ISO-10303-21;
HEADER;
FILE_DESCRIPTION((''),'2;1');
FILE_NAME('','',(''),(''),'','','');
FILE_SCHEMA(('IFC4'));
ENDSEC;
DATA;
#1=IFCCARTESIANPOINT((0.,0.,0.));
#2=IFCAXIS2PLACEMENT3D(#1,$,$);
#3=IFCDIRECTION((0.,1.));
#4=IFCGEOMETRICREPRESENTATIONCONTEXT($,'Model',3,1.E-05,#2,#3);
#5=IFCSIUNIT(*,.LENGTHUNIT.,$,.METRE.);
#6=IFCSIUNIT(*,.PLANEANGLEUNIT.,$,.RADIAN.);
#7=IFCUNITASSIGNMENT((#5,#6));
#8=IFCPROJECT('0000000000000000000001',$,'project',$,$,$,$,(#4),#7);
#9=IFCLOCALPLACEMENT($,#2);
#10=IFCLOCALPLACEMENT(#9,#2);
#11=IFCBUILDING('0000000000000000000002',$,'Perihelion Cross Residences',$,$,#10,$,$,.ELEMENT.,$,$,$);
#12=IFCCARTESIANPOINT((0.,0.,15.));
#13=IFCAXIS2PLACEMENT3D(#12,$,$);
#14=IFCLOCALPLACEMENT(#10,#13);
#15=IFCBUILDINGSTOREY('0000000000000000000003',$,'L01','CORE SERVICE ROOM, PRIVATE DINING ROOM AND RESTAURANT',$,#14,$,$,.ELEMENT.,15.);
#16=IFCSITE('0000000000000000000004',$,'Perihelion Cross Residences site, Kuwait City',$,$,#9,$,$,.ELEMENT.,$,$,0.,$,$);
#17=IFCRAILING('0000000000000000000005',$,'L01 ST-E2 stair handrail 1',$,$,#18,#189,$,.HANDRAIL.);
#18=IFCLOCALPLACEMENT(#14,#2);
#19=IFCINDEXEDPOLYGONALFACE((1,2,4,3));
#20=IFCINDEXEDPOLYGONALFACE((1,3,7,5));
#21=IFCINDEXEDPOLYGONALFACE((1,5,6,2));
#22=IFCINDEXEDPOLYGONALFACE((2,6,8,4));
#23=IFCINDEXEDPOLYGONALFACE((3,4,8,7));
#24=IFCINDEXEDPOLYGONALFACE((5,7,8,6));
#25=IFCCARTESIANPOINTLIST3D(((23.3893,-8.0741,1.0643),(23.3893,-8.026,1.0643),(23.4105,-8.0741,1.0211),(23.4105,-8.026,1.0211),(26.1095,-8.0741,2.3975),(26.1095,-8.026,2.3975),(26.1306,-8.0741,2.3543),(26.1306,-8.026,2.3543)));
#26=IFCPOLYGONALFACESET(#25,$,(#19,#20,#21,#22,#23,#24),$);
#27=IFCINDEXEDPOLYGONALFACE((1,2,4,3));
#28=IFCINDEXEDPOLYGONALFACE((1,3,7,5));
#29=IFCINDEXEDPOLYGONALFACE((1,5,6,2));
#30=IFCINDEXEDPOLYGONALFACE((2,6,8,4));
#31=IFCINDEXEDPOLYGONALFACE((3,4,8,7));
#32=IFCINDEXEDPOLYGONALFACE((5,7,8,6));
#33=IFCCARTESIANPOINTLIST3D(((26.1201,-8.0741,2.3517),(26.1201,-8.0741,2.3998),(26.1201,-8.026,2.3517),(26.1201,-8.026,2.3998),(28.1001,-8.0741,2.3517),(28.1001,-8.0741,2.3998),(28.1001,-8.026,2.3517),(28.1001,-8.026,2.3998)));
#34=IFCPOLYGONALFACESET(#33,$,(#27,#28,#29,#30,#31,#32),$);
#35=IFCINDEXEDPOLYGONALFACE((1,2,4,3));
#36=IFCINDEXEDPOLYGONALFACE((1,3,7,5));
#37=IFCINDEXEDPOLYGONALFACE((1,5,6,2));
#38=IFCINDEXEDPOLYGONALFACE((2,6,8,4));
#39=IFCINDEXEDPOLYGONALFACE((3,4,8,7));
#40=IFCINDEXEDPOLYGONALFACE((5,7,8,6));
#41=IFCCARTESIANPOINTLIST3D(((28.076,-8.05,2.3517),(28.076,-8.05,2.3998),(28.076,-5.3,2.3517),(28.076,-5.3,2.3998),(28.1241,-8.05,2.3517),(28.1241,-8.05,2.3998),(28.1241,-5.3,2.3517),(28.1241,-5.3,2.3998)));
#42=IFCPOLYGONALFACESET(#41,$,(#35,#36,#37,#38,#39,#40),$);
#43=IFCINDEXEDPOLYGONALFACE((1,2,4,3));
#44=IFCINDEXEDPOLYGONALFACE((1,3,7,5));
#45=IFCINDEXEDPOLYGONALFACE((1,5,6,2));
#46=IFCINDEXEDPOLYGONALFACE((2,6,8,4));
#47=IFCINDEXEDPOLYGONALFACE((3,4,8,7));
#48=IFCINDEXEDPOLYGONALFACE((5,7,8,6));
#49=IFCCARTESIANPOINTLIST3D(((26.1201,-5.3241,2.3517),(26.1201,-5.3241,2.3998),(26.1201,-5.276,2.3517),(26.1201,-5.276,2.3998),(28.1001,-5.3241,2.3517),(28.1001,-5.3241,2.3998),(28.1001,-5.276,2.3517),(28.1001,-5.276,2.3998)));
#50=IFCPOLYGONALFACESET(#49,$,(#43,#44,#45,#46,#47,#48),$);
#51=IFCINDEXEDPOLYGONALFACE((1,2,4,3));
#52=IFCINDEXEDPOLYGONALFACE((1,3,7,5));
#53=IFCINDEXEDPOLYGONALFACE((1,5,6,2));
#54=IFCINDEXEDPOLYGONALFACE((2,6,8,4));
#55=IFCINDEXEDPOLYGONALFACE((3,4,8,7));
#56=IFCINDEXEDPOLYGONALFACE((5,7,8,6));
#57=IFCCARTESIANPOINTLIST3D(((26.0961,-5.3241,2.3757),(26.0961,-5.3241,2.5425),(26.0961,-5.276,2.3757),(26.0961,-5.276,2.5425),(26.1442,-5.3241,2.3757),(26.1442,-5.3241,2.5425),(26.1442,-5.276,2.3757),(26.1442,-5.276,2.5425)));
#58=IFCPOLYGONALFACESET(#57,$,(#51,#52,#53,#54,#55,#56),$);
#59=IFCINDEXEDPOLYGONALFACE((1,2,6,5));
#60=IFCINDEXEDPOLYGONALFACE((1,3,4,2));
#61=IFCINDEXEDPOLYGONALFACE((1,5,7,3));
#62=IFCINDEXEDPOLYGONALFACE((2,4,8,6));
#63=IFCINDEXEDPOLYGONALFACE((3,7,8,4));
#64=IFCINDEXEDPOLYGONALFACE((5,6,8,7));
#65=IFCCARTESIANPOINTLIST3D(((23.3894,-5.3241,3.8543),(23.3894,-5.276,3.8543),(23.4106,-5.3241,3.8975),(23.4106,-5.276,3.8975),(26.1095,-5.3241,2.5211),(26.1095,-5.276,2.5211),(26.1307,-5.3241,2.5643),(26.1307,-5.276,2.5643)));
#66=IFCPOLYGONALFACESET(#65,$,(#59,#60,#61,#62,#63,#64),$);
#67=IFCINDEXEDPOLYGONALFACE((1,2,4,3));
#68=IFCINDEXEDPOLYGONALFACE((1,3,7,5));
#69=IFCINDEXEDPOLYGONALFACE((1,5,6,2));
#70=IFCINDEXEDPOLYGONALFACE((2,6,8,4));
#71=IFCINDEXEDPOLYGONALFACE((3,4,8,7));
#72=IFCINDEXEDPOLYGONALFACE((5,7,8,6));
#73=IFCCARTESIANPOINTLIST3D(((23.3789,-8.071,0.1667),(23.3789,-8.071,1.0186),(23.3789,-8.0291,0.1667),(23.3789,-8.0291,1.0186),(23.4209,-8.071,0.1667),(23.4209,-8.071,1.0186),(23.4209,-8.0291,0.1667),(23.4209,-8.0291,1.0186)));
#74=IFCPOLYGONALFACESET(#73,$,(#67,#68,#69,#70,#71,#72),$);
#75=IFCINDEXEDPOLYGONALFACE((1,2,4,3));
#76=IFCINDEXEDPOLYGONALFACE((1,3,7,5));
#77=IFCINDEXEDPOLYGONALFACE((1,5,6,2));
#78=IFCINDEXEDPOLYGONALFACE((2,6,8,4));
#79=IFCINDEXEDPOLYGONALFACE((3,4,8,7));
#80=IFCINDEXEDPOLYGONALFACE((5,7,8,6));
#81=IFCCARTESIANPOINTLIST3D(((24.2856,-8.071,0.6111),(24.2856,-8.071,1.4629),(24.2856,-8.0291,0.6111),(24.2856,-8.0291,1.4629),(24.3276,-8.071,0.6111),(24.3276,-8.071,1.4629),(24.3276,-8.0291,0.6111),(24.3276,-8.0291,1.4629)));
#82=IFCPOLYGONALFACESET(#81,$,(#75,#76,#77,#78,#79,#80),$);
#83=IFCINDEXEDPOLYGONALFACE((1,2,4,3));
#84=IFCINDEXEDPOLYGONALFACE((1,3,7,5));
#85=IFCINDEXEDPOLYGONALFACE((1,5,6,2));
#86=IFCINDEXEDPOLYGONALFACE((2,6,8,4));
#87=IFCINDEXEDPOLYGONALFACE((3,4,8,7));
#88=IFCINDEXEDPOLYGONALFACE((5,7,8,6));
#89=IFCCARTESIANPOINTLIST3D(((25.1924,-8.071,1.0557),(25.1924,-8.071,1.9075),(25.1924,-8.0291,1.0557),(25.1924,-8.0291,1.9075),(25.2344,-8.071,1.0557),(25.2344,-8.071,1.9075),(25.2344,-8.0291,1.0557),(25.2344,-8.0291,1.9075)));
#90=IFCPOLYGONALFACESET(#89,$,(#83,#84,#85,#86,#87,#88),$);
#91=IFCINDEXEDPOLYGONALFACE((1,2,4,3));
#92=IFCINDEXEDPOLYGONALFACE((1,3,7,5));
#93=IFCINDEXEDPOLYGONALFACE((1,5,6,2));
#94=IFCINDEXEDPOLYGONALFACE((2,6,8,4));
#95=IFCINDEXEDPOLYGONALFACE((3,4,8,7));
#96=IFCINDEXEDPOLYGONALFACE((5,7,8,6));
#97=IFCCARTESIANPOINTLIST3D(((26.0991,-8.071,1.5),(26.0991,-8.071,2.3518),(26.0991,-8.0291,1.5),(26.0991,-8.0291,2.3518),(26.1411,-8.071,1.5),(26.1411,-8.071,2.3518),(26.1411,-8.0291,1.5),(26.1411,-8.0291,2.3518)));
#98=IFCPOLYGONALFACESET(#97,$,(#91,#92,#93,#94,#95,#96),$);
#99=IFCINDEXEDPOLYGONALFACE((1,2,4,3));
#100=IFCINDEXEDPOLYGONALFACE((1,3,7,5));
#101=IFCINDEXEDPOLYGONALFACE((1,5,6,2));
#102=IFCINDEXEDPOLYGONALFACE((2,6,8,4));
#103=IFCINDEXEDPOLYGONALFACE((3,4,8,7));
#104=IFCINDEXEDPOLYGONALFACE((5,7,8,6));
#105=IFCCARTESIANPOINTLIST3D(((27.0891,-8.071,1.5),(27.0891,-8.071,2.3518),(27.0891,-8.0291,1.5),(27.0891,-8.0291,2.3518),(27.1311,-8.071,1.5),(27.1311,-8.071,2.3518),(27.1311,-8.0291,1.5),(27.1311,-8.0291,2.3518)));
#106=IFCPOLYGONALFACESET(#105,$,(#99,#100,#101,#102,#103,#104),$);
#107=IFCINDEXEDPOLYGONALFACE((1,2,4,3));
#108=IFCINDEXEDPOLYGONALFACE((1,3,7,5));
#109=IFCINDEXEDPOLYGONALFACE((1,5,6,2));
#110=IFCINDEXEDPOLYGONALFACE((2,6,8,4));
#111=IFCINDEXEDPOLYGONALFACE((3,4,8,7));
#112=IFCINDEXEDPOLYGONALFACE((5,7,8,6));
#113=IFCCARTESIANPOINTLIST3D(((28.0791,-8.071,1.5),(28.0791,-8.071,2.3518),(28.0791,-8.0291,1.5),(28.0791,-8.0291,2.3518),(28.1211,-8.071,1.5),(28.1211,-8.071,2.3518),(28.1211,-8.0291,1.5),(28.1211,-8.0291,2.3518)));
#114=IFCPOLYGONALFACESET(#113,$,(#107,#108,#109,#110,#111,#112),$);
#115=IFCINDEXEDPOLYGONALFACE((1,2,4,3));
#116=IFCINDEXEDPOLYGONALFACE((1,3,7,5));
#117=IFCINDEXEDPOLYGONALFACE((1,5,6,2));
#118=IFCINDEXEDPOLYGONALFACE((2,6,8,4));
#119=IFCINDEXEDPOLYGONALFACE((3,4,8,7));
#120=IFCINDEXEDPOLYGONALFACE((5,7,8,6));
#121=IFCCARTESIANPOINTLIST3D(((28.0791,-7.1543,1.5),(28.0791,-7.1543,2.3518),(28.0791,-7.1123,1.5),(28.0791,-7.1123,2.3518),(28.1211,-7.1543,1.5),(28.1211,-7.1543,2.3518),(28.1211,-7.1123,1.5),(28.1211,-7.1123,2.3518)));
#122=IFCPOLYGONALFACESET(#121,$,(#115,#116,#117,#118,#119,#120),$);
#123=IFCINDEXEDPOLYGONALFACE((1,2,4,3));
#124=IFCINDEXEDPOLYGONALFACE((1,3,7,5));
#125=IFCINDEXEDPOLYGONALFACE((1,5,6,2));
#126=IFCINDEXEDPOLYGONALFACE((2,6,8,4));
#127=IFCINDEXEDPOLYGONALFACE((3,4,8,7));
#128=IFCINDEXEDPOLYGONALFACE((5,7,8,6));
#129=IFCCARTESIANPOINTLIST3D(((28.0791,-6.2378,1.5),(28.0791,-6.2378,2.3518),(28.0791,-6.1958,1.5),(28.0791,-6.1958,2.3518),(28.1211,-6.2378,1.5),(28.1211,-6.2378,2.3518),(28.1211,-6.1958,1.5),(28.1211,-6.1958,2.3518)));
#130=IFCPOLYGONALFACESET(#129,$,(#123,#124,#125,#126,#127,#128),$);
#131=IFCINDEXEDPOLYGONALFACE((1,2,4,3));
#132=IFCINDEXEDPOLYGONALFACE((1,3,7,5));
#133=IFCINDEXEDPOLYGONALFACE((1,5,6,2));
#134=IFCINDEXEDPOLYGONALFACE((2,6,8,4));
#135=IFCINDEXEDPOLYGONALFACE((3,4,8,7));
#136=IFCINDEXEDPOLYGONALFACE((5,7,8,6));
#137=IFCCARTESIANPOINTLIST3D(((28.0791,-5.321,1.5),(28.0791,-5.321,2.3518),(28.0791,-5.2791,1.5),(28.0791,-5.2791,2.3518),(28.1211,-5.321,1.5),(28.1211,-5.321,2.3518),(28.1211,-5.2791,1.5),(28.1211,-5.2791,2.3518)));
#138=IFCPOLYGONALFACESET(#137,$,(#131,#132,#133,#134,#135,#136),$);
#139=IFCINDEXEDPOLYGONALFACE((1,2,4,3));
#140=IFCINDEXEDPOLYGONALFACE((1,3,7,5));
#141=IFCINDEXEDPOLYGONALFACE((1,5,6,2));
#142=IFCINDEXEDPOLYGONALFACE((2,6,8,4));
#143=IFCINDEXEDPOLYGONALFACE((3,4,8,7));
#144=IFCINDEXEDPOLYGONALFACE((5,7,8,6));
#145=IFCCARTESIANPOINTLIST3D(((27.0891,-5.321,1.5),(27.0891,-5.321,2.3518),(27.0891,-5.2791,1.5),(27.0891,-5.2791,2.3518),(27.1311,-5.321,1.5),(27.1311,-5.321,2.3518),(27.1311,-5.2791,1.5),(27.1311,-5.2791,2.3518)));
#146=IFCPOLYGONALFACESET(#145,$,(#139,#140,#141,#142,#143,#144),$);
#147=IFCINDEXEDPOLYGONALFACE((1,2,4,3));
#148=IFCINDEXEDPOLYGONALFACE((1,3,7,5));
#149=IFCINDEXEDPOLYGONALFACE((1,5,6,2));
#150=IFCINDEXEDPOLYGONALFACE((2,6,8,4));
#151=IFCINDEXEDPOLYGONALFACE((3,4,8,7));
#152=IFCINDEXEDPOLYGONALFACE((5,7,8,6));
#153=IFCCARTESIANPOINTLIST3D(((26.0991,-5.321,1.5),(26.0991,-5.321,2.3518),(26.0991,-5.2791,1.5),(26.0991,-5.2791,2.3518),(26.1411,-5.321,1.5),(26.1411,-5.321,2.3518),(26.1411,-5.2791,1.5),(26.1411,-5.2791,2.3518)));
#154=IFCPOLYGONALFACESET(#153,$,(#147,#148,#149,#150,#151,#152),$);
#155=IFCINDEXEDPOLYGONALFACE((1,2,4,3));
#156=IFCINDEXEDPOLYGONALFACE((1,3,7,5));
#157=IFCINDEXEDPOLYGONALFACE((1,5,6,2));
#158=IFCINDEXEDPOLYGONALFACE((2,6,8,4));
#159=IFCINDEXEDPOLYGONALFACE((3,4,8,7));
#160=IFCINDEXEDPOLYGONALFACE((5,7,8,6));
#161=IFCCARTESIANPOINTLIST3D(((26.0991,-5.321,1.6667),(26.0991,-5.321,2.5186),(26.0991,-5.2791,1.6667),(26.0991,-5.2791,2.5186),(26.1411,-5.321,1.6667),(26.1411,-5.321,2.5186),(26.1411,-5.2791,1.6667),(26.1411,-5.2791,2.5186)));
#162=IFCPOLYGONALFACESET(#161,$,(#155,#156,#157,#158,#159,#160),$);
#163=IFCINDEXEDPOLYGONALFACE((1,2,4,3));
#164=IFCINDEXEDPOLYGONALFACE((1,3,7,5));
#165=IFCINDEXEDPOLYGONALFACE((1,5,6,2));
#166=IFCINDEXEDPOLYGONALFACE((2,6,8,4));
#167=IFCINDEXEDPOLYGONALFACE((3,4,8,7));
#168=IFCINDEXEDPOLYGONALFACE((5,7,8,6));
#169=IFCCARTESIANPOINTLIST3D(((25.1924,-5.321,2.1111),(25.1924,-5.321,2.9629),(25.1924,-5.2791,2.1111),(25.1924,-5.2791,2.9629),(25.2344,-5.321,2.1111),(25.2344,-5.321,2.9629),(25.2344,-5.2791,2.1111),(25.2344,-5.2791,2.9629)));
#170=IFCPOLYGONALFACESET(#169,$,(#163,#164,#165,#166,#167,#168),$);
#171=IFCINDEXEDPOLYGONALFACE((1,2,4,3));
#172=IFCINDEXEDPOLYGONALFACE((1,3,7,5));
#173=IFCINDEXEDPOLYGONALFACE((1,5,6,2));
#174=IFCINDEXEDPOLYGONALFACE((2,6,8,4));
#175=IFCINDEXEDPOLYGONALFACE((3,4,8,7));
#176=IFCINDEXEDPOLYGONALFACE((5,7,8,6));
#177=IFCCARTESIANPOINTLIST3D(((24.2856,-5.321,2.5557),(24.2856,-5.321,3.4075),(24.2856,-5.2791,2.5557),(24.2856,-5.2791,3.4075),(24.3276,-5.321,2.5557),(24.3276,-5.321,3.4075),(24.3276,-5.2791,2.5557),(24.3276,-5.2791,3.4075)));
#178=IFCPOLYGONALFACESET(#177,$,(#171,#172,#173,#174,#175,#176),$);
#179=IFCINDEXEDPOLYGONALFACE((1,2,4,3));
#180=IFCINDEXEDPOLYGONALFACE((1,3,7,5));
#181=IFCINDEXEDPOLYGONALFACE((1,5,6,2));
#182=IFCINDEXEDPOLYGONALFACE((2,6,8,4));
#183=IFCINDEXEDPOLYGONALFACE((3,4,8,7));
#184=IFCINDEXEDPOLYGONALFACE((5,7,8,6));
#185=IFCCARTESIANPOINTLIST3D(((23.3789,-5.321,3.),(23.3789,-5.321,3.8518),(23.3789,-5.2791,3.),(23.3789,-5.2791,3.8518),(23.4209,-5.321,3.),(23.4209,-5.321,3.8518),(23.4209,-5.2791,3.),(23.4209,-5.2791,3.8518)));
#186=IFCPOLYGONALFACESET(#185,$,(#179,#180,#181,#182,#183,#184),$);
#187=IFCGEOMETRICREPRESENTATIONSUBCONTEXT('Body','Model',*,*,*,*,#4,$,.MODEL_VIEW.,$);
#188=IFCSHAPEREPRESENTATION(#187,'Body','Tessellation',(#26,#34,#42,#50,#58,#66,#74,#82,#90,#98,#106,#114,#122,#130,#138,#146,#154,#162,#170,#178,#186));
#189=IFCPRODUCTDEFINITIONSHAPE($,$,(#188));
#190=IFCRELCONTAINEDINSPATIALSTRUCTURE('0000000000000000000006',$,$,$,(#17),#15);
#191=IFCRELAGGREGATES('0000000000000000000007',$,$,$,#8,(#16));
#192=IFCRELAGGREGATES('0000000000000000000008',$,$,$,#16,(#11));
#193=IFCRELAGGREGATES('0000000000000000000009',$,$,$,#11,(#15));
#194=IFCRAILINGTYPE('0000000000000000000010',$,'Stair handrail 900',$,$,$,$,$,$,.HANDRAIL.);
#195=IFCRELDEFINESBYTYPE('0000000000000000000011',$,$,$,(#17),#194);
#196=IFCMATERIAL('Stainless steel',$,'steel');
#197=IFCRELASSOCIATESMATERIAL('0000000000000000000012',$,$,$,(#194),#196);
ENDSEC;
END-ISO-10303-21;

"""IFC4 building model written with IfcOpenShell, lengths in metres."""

from ifc_helpers import new_model, si_unit, direction, frame, origin, origin_2d, place, context, subcontext, project, spatial, rectangle, extrude, material, type_object, element, save


model = new_model("IFC4")

# Units and contexts
model_context = context("Model", 3, precision=1e-05, world=origin(), true_north=direction((0.0, 1.0)))
body_context = subcontext(model_context, "Body", "Model", "MODEL_VIEW")
ifc_project = project(units=[si_unit("LENGTHUNIT", "METRE"), si_unit("PLANEANGLEUNIT", "RADIAN")], contexts=[model_context])

# Site, building, storey
site_placement = place(None, origin())
site = spatial("IfcSite", under=ifc_project, at=site_placement, Name="Perihelion Cross Residences site, Kuwait City", CompositionType="ELEMENT", RefElevation=0.0)
building_placement = place(site_placement, origin())
building = spatial("IfcBuilding", under=site, at=building_placement, Name="Perihelion Cross Residences", CompositionType="ELEMENT")
storey_placement = place(building_placement, frame((0.0, 0.0, 15.0)))
storey = spatial("IfcBuildingStorey", under=building, at=storey_placement, Name="L01", Description="CORE SERVICE ROOM, PRIVATE DINING ROOM AND RESTAURANT", CompositionType="ELEMENT", Elevation=15.0)

# Railing
ifc_material_1 = material(Name="Stainless steel", Category="steel")
railing_type_1 = type_object("IfcRailingType", Name="Stair handrail 900", PredefinedType="HANDRAIL", material=ifc_material_1)
railing_1_placement = place(storey_placement, frame((23.3999, -8.05, 0.1667)))
element("IfcRailing", 1, at=railing_1_placement, inside=storey, type_object=railing_type_1, Name="L01 ST-E2 stair handrail 1", PredefinedType="HANDRAIL", context=body_context, shape_type="SweptSolid", body=[
    extrude(rectangle(XDim=0.0481, YDim=0.0481, at=origin_2d()), frame((0.0, 0.0, 0.876), z_axis=(0.897945, 0.0, 0.440108), x_axis=(0.0, 1.0, 0.0)), (0.0, 0.0, 1.0), 3.0293),
    extrude(rectangle(XDim=0.0481, YDim=0.0481, at=origin_2d()), frame((2.7202, 0.0, 2.209), z_axis=(1.0, 0.0, 0.0), x_axis=(0.0, 1.0, 0.0)), (0.0, 0.0, 1.0), 1.98),
    extrude(rectangle(XDim=0.0481, YDim=0.0481, at=origin_2d()), frame((4.7002, 0.0, 2.209), z_axis=(0.0, 1.0, 0.0), x_axis=(-1.0, 0.0, 0.0)), (0.0, 0.0, 1.0), 2.75),
    extrude(rectangle(XDim=0.0481, YDim=0.0481, at=origin_2d()), frame((4.7002, 2.75, 2.209), z_axis=(-1.0, 0.0, 0.0), x_axis=(0.0, -1.0, 0.0)), (0.0, 0.0, 1.0), 1.98),
    extrude(rectangle(XDim=0.0481, YDim=0.0481, at=origin_2d()), frame((2.7202, 2.75, 2.209), z_axis=(0.0, 0.0, 1.0), x_axis=(1.0, 0.0, 0.0)), (0.0, 0.0, 1.0), 0.1667),
    extrude(rectangle(XDim=0.0481, YDim=0.0481, at=origin_2d()), frame((2.7202, 2.75, 2.376), z_axis=(-0.897945, 0.0, 0.440108), x_axis=(0.0, -1.0, 0.0)), (0.0, 0.0, 1.0), 3.0293),
    extrude(rectangle(XDim=0.042, YDim=0.042, at=origin_2d()), origin(), (0.0, 0.0, 1.0), 0.8518),
    extrude(rectangle(XDim=0.042, YDim=0.042, at=origin_2d()), frame((0.9067, 0.0, 0.4443)), (0.0, 0.0, 1.0), 0.8518),
    extrude(rectangle(XDim=0.042, YDim=0.042, at=origin_2d()), frame((1.8135, 0.0, 0.8889)), (0.0, 0.0, 1.0), 0.8518),
    extrude(rectangle(XDim=0.042, YDim=0.042, at=origin_2d()), frame((2.7202, 0.0, 1.3333)), (0.0, 0.0, 1.0), 0.8518),
    extrude(rectangle(XDim=0.042, YDim=0.042, at=origin_2d()), frame((3.7102, 0.0, 1.3333)), (0.0, 0.0, 1.0), 0.8518),
    extrude(rectangle(XDim=0.042, YDim=0.042, at=origin_2d()), frame((4.7002, 0.0, 1.3333)), (0.0, 0.0, 1.0), 0.8518),
    extrude(rectangle(XDim=0.042, YDim=0.042, at=origin_2d()), frame((4.7002, 0.9167, 1.3333)), (0.0, 0.0, 1.0), 0.8518),
    extrude(rectangle(XDim=0.042, YDim=0.042, at=origin_2d()), frame((4.7002, 1.8333, 1.3333)), (0.0, 0.0, 1.0), 0.8518),
    extrude(rectangle(XDim=0.042, YDim=0.042, at=origin_2d()), frame((4.7002, 2.75, 1.3333)), (0.0, 0.0, 1.0), 0.8518),
    extrude(rectangle(XDim=0.042, YDim=0.042, at=origin_2d()), frame((3.7102, 2.75, 1.3333)), (0.0, 0.0, 1.0), 0.8518),
    extrude(rectangle(XDim=0.042, YDim=0.042, at=origin_2d()), frame((2.7202, 2.75, 1.3333)), (0.0, 0.0, 1.0), 0.8518),
    extrude(rectangle(XDim=0.042, YDim=0.042, at=origin_2d()), frame((2.7202, 2.75, 1.5)), (0.0, 0.0, 1.0), 0.8518),
    extrude(rectangle(XDim=0.042, YDim=0.042, at=origin_2d()), frame((1.8135, 2.75, 1.9443)), (0.0, 0.0, 1.0), 0.8518),
    extrude(rectangle(XDim=0.042, YDim=0.042, at=origin_2d()), frame((0.9067, 2.75, 2.3889)), (0.0, 0.0, 1.0), 0.8518),
    extrude(rectangle(XDim=0.042, YDim=0.042, at=origin_2d()), frame((0.0, 2.75, 2.8333)), (0.0, 0.0, 1.0), 0.8518),
])

save(model, "model.ifc")
